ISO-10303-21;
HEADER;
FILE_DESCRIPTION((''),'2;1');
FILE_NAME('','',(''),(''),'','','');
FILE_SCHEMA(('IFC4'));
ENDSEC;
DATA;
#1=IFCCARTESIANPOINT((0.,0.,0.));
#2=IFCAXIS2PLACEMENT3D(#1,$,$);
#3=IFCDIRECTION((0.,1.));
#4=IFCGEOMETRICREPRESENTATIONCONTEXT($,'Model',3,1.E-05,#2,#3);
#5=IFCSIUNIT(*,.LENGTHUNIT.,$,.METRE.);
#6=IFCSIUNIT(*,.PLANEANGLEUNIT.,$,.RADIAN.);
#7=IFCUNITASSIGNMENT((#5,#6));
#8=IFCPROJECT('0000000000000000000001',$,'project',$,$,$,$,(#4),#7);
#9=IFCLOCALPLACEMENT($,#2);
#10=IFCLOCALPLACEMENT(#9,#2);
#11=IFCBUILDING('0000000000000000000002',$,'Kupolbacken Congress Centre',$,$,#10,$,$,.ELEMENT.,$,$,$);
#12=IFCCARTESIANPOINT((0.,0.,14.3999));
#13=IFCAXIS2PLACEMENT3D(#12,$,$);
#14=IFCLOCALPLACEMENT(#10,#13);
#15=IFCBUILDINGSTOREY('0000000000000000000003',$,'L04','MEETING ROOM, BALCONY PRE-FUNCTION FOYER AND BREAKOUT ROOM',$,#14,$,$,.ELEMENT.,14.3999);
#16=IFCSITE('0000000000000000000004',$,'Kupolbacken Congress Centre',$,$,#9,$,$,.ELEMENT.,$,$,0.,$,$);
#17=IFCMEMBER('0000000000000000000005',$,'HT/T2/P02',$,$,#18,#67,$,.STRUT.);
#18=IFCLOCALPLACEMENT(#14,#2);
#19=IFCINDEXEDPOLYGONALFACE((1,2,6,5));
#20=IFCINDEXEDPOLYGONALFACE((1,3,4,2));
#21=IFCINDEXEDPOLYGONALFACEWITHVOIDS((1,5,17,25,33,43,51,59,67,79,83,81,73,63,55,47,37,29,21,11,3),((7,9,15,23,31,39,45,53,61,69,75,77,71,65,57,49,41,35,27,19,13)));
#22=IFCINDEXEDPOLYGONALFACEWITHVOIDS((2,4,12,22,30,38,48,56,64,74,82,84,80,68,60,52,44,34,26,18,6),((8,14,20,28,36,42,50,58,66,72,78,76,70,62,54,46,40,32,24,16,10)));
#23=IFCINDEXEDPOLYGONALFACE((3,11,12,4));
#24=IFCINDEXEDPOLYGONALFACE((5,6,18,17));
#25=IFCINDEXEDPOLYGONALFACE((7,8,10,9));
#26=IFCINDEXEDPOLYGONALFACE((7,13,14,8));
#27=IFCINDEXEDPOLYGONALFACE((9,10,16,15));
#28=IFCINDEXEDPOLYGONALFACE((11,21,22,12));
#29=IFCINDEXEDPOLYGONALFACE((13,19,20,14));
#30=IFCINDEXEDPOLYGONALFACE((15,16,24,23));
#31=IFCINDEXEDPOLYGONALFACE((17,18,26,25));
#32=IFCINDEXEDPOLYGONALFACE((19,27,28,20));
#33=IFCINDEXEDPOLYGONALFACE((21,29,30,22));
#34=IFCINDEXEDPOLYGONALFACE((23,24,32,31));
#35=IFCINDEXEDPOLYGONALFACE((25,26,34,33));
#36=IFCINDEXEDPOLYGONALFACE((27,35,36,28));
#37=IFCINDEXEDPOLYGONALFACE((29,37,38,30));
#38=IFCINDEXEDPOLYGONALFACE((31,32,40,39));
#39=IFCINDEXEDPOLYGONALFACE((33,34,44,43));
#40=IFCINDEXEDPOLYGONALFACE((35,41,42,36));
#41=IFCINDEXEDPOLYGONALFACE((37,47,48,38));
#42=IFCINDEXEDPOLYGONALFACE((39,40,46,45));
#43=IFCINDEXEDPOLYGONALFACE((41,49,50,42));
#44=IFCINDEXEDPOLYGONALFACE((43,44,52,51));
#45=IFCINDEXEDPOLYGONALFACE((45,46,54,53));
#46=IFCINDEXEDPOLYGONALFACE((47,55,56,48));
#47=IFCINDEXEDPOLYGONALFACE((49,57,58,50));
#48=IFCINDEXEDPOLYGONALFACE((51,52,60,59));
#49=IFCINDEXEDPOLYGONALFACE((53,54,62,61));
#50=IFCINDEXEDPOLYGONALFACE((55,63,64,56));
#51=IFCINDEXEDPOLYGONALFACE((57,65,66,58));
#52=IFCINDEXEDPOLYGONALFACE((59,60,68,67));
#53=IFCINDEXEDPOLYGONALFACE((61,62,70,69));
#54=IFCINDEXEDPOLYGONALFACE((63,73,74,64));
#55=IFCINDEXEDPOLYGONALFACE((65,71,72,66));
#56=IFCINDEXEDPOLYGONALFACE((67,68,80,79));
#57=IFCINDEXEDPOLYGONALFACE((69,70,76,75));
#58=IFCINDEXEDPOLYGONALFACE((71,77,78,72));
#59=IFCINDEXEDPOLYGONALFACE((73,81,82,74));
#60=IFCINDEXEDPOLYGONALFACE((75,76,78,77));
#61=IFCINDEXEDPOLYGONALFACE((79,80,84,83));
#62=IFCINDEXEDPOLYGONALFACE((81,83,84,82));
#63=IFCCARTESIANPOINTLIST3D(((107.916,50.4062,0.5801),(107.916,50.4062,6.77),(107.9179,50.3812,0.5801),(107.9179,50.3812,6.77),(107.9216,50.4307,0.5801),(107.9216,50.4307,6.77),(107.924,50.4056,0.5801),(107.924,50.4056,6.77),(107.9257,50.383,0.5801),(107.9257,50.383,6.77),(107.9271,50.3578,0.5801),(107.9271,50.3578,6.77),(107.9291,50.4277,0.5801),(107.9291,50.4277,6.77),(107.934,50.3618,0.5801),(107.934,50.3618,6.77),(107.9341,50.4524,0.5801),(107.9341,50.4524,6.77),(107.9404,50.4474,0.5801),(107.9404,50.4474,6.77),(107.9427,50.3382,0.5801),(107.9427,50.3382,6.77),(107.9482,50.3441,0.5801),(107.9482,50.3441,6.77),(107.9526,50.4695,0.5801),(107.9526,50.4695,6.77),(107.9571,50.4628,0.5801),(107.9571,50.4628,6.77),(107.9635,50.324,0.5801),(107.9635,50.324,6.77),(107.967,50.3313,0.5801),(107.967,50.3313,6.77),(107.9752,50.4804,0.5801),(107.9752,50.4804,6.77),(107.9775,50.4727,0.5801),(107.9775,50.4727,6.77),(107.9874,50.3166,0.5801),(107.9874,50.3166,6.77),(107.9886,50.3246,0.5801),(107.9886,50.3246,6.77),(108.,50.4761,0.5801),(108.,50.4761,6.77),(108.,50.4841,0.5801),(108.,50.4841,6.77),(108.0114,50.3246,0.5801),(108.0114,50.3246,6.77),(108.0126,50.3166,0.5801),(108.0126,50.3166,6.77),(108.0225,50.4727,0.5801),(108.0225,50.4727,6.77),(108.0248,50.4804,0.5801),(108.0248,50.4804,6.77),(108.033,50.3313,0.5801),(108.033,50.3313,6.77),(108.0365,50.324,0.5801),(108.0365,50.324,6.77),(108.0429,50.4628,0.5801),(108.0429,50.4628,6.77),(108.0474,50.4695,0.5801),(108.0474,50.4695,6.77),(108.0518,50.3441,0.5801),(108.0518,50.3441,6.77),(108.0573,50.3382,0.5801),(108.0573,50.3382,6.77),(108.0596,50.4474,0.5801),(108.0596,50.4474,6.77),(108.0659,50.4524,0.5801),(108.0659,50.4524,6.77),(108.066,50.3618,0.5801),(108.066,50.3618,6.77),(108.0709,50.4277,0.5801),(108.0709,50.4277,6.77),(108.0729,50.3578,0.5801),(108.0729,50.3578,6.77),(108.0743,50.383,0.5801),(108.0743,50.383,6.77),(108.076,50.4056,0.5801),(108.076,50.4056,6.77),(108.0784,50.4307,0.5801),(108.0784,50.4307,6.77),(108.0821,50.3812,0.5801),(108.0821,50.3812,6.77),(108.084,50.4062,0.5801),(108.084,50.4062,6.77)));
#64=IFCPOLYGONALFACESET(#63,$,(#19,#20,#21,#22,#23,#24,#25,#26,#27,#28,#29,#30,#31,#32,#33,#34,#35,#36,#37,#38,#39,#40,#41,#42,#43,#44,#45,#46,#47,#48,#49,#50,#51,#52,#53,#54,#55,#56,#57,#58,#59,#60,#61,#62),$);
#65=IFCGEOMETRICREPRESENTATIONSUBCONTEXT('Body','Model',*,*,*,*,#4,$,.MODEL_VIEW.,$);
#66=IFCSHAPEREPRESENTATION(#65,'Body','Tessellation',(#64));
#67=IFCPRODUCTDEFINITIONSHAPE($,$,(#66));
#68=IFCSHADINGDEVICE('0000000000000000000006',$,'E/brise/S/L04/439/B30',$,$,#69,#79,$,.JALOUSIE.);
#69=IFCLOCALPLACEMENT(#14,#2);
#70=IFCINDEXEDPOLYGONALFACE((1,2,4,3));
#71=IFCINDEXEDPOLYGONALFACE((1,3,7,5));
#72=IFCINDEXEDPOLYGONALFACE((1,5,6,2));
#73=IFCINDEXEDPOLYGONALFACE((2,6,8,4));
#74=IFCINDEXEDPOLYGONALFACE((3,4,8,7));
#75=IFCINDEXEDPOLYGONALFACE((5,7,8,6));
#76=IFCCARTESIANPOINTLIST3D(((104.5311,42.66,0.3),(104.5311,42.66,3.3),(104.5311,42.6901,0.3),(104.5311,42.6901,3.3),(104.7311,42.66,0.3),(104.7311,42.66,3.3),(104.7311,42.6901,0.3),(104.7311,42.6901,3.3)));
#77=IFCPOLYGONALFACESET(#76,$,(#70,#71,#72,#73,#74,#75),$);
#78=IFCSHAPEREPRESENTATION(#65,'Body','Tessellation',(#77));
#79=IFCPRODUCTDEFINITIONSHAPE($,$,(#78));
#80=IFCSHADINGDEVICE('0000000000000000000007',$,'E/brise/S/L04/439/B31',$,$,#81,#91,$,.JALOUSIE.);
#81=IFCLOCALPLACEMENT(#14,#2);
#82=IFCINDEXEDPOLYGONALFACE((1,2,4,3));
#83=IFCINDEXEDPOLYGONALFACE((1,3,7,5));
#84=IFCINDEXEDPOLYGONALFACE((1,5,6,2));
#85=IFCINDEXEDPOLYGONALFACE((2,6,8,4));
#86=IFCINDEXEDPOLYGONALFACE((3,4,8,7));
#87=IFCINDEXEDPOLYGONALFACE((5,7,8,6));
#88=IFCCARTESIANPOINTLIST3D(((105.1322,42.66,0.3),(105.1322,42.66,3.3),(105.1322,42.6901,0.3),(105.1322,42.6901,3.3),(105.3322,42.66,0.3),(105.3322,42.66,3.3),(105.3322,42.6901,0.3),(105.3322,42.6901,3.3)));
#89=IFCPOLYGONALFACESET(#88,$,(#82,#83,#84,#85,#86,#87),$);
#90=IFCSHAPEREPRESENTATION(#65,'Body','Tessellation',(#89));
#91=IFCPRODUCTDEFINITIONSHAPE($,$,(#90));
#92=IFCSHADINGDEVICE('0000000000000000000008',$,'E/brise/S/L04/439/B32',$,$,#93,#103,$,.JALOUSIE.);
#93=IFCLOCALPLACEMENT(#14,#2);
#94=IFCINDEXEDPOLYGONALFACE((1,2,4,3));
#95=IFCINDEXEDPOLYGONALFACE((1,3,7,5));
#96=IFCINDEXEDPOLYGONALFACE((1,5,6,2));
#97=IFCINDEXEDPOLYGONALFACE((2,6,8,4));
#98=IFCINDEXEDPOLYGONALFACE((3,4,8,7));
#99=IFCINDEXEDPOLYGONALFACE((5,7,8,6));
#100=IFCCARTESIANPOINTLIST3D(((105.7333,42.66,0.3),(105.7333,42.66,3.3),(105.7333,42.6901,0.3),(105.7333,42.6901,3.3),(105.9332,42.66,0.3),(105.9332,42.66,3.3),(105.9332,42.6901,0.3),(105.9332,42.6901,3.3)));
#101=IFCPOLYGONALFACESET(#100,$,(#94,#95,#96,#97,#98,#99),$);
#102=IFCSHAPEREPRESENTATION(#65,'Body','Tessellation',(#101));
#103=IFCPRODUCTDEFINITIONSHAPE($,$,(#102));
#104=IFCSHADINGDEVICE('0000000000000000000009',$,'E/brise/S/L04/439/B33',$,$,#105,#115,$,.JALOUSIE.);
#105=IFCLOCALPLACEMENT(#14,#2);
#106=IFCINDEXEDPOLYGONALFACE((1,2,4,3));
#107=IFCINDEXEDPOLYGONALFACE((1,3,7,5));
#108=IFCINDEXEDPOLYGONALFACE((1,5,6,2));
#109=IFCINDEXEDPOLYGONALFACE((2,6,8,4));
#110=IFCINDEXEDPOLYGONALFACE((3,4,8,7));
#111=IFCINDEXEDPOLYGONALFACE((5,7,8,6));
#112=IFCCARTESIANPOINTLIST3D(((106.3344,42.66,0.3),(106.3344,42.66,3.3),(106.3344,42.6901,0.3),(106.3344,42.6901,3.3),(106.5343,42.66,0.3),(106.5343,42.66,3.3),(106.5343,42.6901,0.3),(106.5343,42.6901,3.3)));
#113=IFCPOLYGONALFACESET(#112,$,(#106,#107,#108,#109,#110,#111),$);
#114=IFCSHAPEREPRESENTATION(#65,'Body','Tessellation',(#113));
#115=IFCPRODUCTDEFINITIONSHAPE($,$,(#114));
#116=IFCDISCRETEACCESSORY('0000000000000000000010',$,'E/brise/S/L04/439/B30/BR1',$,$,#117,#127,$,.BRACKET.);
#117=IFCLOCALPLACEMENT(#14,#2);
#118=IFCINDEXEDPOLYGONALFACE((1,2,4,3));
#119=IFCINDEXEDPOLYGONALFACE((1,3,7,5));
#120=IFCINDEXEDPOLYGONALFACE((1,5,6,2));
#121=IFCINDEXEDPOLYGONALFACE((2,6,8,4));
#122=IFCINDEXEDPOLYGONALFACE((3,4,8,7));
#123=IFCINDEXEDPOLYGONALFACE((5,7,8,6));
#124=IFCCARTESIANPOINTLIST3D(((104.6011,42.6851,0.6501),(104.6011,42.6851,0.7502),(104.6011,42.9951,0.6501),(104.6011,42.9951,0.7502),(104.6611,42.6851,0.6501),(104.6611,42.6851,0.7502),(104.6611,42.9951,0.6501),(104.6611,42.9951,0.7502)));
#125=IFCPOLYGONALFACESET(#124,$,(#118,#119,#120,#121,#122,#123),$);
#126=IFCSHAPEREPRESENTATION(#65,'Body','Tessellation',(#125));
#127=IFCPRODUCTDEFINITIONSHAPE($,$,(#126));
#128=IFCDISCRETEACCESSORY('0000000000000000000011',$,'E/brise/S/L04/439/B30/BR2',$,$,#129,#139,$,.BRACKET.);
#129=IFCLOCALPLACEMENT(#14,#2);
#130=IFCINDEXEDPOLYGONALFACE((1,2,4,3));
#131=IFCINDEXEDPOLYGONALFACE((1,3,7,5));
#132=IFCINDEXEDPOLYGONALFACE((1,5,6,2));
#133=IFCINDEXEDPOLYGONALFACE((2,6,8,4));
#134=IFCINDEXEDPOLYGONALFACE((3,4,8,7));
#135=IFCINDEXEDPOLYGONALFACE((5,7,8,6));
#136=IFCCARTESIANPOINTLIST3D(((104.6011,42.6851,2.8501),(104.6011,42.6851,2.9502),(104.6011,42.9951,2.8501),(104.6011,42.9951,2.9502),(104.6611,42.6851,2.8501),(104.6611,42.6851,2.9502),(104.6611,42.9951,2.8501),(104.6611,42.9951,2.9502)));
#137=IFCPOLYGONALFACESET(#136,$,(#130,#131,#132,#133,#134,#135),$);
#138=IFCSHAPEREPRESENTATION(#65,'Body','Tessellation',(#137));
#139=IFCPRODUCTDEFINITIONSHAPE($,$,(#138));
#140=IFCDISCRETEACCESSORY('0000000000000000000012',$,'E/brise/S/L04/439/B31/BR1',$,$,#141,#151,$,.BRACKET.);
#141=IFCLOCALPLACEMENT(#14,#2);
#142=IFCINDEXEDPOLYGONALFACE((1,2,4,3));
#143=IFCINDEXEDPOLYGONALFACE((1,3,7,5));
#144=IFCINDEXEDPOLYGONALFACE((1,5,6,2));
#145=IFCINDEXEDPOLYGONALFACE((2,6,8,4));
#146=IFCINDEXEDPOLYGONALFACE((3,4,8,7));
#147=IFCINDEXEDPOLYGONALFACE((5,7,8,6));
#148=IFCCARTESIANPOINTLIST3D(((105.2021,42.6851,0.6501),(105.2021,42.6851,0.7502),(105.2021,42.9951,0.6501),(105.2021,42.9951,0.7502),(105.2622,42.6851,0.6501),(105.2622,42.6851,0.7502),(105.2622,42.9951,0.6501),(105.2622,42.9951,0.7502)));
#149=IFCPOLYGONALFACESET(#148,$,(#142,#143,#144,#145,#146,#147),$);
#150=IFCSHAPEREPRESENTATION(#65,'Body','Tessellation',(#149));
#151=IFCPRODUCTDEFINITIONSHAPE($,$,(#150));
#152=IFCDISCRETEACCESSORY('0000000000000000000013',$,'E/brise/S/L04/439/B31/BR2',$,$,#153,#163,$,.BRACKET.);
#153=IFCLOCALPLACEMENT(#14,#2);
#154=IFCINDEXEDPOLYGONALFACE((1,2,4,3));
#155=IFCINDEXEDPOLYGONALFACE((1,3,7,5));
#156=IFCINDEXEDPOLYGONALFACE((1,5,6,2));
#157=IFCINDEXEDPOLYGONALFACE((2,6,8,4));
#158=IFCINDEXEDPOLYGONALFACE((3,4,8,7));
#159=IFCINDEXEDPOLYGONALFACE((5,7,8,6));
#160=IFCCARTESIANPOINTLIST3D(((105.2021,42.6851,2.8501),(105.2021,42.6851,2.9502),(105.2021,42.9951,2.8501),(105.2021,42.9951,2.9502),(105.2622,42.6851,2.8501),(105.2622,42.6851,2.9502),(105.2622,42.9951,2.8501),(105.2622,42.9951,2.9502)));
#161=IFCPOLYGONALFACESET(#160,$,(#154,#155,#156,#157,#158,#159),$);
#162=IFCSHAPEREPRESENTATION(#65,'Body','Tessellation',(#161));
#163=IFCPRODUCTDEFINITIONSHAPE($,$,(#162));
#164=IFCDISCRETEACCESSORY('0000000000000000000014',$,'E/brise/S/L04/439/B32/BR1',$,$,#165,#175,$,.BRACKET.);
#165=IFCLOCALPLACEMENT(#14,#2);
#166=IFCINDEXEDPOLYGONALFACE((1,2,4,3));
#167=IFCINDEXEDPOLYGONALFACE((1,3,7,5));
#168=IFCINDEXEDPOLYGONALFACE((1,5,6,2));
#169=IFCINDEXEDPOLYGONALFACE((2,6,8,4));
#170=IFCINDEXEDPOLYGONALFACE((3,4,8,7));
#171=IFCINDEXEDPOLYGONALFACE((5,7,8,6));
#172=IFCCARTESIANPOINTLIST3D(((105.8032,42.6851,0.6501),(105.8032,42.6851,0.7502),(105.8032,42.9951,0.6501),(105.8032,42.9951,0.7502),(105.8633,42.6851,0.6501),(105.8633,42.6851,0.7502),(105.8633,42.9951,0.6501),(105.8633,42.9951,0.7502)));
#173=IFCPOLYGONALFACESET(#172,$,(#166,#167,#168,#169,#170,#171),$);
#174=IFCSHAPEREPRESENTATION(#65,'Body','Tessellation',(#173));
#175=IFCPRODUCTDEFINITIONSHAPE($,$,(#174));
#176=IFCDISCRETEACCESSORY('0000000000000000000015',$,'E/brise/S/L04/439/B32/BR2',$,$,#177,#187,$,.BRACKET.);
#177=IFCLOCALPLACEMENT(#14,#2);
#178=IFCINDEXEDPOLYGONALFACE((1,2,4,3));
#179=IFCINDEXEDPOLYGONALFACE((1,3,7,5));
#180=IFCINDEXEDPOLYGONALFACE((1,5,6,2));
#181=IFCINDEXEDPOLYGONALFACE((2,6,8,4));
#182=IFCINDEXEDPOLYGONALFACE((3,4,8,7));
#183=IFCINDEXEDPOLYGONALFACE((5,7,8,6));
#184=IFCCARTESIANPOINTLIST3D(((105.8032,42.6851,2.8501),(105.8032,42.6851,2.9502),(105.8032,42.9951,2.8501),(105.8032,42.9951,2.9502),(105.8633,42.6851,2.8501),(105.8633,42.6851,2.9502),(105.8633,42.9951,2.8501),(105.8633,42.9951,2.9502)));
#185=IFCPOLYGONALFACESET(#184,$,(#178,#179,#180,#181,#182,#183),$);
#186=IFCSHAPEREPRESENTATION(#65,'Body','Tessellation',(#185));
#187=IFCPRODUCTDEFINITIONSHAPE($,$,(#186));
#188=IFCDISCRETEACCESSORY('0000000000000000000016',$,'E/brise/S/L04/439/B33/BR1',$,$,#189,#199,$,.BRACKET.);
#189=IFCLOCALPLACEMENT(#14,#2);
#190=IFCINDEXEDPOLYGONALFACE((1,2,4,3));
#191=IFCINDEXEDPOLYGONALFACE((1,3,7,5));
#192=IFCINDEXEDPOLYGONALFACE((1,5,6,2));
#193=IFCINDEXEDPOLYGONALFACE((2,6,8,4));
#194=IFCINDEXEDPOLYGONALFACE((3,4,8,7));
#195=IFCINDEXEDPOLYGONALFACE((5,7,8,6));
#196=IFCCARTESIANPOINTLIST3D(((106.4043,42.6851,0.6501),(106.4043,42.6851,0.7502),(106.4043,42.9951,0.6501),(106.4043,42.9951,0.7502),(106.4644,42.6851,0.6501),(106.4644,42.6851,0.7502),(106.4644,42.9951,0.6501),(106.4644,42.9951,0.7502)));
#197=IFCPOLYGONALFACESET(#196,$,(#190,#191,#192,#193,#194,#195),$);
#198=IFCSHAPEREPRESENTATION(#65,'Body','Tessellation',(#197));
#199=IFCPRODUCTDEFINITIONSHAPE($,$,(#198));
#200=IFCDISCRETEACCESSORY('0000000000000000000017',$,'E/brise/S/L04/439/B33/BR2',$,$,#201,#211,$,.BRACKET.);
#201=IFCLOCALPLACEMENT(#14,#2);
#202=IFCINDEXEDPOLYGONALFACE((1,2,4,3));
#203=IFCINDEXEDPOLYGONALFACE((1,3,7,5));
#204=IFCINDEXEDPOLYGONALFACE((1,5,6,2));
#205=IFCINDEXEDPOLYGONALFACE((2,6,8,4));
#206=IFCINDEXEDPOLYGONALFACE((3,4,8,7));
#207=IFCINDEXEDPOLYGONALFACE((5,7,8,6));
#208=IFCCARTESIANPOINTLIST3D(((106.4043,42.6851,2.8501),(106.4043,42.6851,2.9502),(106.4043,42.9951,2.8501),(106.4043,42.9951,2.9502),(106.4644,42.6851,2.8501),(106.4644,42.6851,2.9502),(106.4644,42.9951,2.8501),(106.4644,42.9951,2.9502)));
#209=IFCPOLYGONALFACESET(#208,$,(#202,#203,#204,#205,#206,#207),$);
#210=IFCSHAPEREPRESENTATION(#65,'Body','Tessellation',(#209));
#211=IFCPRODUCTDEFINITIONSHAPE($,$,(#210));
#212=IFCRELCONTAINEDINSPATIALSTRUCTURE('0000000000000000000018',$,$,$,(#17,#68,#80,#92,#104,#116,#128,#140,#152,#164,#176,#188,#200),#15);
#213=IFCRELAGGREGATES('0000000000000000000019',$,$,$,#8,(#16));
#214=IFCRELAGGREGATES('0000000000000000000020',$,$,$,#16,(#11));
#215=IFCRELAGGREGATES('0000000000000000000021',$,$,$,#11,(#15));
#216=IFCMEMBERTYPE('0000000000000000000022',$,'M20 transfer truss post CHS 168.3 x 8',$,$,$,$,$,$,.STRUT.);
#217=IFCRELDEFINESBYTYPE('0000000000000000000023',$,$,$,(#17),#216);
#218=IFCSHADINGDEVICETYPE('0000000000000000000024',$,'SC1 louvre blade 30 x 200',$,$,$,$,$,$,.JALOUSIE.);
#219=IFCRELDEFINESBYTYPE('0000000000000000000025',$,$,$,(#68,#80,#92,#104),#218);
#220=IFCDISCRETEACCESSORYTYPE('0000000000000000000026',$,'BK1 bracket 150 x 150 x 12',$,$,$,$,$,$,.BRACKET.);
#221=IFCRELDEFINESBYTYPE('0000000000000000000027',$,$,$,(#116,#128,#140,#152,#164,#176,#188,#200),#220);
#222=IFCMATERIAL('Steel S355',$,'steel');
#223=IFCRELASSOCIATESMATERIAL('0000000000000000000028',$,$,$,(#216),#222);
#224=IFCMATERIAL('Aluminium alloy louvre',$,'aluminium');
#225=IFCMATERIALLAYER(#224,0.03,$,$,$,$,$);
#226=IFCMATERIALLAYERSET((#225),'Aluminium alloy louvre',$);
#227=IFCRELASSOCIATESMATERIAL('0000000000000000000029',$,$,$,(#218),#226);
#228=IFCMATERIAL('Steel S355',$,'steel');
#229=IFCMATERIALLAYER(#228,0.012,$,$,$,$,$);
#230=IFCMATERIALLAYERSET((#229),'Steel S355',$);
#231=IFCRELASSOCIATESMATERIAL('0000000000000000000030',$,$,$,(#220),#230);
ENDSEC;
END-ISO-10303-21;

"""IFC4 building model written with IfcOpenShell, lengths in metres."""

from ifc_helpers import new_model, si_unit, direction, frame, origin, origin_2d, place, context, subcontext, project, spatial, rectangle, hollow_circle, extrude, material, layer, layer_set, material_profile, profile_set, type_object, element, save


model = new_model("IFC4")

# Units and contexts
model_context = context("Model", 3, precision=1e-05, world=origin(), true_north=direction((0.0, 1.0)))
body_context = subcontext(model_context, "Body", "Model", "MODEL_VIEW")
ifc_project = project(units=[si_unit("LENGTHUNIT", "METRE"), si_unit("PLANEANGLEUNIT", "RADIAN")], contexts=[model_context])

# Site, building, storey
site_placement = place(None, origin())
site = spatial("IfcSite", under=ifc_project, at=site_placement, Name="Kupolbacken Congress Centre", CompositionType="ELEMENT", RefElevation=0.0)
building_placement = place(site_placement, origin())
building = spatial("IfcBuilding", under=site, at=building_placement, Name="Kupolbacken Congress Centre", CompositionType="ELEMENT")
storey_placement = place(building_placement, frame((0.0, 0.0, 14.3999)))
storey = spatial("IfcBuildingStorey", under=building, at=storey_placement, Name="L04", Description="MEETING ROOM, BALCONY PRE-FUNCTION FOYER AND BREAKOUT ROOM", CompositionType="ELEMENT", Elevation=14.3999)

# Member
ifc_material_1 = material(Name="Steel S355", Category="steel")
ifc_material_profile_1 = material_profile(ifc_material_1, hollow_circle(Radius=0.0842, WallThickness=0.0081, at=origin_2d()), Name="CHS 168.3 x 8")
ifc_profile_set_1 = profile_set([ifc_material_profile_1], Name="Steel S355")
member_type_1 = type_object("IfcMemberType", Name="M20 transfer truss post CHS 168.3 x 8", PredefinedType="STRUT", material=ifc_profile_set_1)
for number, where, z_axis, x_axis, name in (
    (1, (108.0, 50.3999, 0.5801), (0.0, 0.0, 1.0), (0.0, 1.0, 0.0), "HT/T2/P02"),
):
    element("IfcMember", number, at=place(storey_placement, frame(where, z_axis=z_axis, x_axis=x_axis)), inside=storey, type_object=member_type_1, Name=name, PredefinedType="STRUT", context=body_context, shape_type="SweptSolid", body=[
        extrude(hollow_circle(Radius=0.0842, WallThickness=0.0081, at=origin_2d()), origin(), (0.0, 0.0, 1.0), 6.1899),
    ])

# Shading devices
ifc_material_2 = material(Name="Aluminium alloy louvre", Category="aluminium")
ifc_layer_1 = layer(ifc_material_2, 0.03)
ifc_layer_set_1 = layer_set([ifc_layer_1], Name="Aluminium alloy louvre")
shading_device_type = type_object("IfcShadingDeviceType", Name="SC1 louvre blade 30 x 200", PredefinedType="JALOUSIE", material=ifc_layer_set_1)
for number, where, z_axis, x_axis, name in (
    (2, (104.6311, 42.675, 0.3), (0.0, 0.0, 1.0), (1.0, 0.0, 0.0), "E/brise/S/L04/439/B30"),
    (3, (105.2322, 42.675, 0.3), (0.0, 0.0, 1.0), (1.0, 0.0, 0.0), "E/brise/S/L04/439/B31"),
    (4, (105.8333, 42.675, 0.3), (0.0, 0.0, 1.0), (1.0, 0.0, 0.0), "E/brise/S/L04/439/B32"),
    (5, (106.4343, 42.675, 0.3), (0.0, 0.0, 1.0), (1.0, 0.0, 0.0), "E/brise/S/L04/439/B33"),
):
    element("IfcShadingDevice", number, at=place(storey_placement, frame(where, z_axis=z_axis, x_axis=x_axis)), inside=storey, type_object=shading_device_type, Name=name, PredefinedType="JALOUSIE", context=body_context, shape_type="SweptSolid", body=[
        extrude(rectangle(XDim=0.2, YDim=0.03, at=origin_2d()), origin(), (0.0, 0.0, 1.0), 3.0),
    ])

# Discrete accessories
ifc_material_3 = material(Name="Steel S355", Category="steel")
ifc_layer_2 = layer(ifc_material_3, 0.012)
ifc_layer_set_2 = layer_set([ifc_layer_2], Name="Steel S355")
discrete_accessory_type = type_object("IfcDiscreteAccessoryType", Name="BK1 bracket 150 x 150 x 12", PredefinedType="BRACKET", material=ifc_layer_set_2)
for number, where, z_axis, x_axis, name in (
    (6, (104.6311, 42.8401, 0.6501), (0.0, 0.0, 1.0), (1.0, 0.0, 0.0), "E/brise/S/L04/439/B30/BR1"),
    (7, (104.6311, 42.8401, 2.8501), (0.0, 0.0, 1.0), (1.0, 0.0, 0.0), "E/brise/S/L04/439/B30/BR2"),
    (8, (105.2322, 42.8401, 0.6501), (0.0, 0.0, 1.0), (1.0, 0.0, 0.0), "E/brise/S/L04/439/B31/BR1"),
    (9, (105.2322, 42.8401, 2.8501), (0.0, 0.0, 1.0), (1.0, 0.0, 0.0), "E/brise/S/L04/439/B31/BR2"),
    (10, (105.8333, 42.8401, 0.6501), (0.0, 0.0, 1.0), (1.0, 0.0, 0.0), "E/brise/S/L04/439/B32/BR1"),
    (11, (105.8333, 42.8401, 2.8501), (0.0, 0.0, 1.0), (1.0, 0.0, 0.0), "E/brise/S/L04/439/B32/BR2"),
    (12, (106.4343, 42.8401, 0.6501), (0.0, 0.0, 1.0), (1.0, 0.0, 0.0), "E/brise/S/L04/439/B33/BR1"),
    (13, (106.4343, 42.8401, 2.8501), (0.0, 0.0, 1.0), (1.0, 0.0, 0.0), "E/brise/S/L04/439/B33/BR2"),
):
    element("IfcDiscreteAccessory", number, at=place(storey_placement, frame(where, z_axis=z_axis, x_axis=x_axis)), inside=storey, type_object=discrete_accessory_type, Name=name, PredefinedType="BRACKET", context=body_context, shape_type="SweptSolid", body=[
        extrude(rectangle(XDim=0.0601, YDim=0.3101, at=origin_2d()), origin(), (0.0, 0.0, 1.0), 0.1001),
    ])

save(model, "model.ifc")
